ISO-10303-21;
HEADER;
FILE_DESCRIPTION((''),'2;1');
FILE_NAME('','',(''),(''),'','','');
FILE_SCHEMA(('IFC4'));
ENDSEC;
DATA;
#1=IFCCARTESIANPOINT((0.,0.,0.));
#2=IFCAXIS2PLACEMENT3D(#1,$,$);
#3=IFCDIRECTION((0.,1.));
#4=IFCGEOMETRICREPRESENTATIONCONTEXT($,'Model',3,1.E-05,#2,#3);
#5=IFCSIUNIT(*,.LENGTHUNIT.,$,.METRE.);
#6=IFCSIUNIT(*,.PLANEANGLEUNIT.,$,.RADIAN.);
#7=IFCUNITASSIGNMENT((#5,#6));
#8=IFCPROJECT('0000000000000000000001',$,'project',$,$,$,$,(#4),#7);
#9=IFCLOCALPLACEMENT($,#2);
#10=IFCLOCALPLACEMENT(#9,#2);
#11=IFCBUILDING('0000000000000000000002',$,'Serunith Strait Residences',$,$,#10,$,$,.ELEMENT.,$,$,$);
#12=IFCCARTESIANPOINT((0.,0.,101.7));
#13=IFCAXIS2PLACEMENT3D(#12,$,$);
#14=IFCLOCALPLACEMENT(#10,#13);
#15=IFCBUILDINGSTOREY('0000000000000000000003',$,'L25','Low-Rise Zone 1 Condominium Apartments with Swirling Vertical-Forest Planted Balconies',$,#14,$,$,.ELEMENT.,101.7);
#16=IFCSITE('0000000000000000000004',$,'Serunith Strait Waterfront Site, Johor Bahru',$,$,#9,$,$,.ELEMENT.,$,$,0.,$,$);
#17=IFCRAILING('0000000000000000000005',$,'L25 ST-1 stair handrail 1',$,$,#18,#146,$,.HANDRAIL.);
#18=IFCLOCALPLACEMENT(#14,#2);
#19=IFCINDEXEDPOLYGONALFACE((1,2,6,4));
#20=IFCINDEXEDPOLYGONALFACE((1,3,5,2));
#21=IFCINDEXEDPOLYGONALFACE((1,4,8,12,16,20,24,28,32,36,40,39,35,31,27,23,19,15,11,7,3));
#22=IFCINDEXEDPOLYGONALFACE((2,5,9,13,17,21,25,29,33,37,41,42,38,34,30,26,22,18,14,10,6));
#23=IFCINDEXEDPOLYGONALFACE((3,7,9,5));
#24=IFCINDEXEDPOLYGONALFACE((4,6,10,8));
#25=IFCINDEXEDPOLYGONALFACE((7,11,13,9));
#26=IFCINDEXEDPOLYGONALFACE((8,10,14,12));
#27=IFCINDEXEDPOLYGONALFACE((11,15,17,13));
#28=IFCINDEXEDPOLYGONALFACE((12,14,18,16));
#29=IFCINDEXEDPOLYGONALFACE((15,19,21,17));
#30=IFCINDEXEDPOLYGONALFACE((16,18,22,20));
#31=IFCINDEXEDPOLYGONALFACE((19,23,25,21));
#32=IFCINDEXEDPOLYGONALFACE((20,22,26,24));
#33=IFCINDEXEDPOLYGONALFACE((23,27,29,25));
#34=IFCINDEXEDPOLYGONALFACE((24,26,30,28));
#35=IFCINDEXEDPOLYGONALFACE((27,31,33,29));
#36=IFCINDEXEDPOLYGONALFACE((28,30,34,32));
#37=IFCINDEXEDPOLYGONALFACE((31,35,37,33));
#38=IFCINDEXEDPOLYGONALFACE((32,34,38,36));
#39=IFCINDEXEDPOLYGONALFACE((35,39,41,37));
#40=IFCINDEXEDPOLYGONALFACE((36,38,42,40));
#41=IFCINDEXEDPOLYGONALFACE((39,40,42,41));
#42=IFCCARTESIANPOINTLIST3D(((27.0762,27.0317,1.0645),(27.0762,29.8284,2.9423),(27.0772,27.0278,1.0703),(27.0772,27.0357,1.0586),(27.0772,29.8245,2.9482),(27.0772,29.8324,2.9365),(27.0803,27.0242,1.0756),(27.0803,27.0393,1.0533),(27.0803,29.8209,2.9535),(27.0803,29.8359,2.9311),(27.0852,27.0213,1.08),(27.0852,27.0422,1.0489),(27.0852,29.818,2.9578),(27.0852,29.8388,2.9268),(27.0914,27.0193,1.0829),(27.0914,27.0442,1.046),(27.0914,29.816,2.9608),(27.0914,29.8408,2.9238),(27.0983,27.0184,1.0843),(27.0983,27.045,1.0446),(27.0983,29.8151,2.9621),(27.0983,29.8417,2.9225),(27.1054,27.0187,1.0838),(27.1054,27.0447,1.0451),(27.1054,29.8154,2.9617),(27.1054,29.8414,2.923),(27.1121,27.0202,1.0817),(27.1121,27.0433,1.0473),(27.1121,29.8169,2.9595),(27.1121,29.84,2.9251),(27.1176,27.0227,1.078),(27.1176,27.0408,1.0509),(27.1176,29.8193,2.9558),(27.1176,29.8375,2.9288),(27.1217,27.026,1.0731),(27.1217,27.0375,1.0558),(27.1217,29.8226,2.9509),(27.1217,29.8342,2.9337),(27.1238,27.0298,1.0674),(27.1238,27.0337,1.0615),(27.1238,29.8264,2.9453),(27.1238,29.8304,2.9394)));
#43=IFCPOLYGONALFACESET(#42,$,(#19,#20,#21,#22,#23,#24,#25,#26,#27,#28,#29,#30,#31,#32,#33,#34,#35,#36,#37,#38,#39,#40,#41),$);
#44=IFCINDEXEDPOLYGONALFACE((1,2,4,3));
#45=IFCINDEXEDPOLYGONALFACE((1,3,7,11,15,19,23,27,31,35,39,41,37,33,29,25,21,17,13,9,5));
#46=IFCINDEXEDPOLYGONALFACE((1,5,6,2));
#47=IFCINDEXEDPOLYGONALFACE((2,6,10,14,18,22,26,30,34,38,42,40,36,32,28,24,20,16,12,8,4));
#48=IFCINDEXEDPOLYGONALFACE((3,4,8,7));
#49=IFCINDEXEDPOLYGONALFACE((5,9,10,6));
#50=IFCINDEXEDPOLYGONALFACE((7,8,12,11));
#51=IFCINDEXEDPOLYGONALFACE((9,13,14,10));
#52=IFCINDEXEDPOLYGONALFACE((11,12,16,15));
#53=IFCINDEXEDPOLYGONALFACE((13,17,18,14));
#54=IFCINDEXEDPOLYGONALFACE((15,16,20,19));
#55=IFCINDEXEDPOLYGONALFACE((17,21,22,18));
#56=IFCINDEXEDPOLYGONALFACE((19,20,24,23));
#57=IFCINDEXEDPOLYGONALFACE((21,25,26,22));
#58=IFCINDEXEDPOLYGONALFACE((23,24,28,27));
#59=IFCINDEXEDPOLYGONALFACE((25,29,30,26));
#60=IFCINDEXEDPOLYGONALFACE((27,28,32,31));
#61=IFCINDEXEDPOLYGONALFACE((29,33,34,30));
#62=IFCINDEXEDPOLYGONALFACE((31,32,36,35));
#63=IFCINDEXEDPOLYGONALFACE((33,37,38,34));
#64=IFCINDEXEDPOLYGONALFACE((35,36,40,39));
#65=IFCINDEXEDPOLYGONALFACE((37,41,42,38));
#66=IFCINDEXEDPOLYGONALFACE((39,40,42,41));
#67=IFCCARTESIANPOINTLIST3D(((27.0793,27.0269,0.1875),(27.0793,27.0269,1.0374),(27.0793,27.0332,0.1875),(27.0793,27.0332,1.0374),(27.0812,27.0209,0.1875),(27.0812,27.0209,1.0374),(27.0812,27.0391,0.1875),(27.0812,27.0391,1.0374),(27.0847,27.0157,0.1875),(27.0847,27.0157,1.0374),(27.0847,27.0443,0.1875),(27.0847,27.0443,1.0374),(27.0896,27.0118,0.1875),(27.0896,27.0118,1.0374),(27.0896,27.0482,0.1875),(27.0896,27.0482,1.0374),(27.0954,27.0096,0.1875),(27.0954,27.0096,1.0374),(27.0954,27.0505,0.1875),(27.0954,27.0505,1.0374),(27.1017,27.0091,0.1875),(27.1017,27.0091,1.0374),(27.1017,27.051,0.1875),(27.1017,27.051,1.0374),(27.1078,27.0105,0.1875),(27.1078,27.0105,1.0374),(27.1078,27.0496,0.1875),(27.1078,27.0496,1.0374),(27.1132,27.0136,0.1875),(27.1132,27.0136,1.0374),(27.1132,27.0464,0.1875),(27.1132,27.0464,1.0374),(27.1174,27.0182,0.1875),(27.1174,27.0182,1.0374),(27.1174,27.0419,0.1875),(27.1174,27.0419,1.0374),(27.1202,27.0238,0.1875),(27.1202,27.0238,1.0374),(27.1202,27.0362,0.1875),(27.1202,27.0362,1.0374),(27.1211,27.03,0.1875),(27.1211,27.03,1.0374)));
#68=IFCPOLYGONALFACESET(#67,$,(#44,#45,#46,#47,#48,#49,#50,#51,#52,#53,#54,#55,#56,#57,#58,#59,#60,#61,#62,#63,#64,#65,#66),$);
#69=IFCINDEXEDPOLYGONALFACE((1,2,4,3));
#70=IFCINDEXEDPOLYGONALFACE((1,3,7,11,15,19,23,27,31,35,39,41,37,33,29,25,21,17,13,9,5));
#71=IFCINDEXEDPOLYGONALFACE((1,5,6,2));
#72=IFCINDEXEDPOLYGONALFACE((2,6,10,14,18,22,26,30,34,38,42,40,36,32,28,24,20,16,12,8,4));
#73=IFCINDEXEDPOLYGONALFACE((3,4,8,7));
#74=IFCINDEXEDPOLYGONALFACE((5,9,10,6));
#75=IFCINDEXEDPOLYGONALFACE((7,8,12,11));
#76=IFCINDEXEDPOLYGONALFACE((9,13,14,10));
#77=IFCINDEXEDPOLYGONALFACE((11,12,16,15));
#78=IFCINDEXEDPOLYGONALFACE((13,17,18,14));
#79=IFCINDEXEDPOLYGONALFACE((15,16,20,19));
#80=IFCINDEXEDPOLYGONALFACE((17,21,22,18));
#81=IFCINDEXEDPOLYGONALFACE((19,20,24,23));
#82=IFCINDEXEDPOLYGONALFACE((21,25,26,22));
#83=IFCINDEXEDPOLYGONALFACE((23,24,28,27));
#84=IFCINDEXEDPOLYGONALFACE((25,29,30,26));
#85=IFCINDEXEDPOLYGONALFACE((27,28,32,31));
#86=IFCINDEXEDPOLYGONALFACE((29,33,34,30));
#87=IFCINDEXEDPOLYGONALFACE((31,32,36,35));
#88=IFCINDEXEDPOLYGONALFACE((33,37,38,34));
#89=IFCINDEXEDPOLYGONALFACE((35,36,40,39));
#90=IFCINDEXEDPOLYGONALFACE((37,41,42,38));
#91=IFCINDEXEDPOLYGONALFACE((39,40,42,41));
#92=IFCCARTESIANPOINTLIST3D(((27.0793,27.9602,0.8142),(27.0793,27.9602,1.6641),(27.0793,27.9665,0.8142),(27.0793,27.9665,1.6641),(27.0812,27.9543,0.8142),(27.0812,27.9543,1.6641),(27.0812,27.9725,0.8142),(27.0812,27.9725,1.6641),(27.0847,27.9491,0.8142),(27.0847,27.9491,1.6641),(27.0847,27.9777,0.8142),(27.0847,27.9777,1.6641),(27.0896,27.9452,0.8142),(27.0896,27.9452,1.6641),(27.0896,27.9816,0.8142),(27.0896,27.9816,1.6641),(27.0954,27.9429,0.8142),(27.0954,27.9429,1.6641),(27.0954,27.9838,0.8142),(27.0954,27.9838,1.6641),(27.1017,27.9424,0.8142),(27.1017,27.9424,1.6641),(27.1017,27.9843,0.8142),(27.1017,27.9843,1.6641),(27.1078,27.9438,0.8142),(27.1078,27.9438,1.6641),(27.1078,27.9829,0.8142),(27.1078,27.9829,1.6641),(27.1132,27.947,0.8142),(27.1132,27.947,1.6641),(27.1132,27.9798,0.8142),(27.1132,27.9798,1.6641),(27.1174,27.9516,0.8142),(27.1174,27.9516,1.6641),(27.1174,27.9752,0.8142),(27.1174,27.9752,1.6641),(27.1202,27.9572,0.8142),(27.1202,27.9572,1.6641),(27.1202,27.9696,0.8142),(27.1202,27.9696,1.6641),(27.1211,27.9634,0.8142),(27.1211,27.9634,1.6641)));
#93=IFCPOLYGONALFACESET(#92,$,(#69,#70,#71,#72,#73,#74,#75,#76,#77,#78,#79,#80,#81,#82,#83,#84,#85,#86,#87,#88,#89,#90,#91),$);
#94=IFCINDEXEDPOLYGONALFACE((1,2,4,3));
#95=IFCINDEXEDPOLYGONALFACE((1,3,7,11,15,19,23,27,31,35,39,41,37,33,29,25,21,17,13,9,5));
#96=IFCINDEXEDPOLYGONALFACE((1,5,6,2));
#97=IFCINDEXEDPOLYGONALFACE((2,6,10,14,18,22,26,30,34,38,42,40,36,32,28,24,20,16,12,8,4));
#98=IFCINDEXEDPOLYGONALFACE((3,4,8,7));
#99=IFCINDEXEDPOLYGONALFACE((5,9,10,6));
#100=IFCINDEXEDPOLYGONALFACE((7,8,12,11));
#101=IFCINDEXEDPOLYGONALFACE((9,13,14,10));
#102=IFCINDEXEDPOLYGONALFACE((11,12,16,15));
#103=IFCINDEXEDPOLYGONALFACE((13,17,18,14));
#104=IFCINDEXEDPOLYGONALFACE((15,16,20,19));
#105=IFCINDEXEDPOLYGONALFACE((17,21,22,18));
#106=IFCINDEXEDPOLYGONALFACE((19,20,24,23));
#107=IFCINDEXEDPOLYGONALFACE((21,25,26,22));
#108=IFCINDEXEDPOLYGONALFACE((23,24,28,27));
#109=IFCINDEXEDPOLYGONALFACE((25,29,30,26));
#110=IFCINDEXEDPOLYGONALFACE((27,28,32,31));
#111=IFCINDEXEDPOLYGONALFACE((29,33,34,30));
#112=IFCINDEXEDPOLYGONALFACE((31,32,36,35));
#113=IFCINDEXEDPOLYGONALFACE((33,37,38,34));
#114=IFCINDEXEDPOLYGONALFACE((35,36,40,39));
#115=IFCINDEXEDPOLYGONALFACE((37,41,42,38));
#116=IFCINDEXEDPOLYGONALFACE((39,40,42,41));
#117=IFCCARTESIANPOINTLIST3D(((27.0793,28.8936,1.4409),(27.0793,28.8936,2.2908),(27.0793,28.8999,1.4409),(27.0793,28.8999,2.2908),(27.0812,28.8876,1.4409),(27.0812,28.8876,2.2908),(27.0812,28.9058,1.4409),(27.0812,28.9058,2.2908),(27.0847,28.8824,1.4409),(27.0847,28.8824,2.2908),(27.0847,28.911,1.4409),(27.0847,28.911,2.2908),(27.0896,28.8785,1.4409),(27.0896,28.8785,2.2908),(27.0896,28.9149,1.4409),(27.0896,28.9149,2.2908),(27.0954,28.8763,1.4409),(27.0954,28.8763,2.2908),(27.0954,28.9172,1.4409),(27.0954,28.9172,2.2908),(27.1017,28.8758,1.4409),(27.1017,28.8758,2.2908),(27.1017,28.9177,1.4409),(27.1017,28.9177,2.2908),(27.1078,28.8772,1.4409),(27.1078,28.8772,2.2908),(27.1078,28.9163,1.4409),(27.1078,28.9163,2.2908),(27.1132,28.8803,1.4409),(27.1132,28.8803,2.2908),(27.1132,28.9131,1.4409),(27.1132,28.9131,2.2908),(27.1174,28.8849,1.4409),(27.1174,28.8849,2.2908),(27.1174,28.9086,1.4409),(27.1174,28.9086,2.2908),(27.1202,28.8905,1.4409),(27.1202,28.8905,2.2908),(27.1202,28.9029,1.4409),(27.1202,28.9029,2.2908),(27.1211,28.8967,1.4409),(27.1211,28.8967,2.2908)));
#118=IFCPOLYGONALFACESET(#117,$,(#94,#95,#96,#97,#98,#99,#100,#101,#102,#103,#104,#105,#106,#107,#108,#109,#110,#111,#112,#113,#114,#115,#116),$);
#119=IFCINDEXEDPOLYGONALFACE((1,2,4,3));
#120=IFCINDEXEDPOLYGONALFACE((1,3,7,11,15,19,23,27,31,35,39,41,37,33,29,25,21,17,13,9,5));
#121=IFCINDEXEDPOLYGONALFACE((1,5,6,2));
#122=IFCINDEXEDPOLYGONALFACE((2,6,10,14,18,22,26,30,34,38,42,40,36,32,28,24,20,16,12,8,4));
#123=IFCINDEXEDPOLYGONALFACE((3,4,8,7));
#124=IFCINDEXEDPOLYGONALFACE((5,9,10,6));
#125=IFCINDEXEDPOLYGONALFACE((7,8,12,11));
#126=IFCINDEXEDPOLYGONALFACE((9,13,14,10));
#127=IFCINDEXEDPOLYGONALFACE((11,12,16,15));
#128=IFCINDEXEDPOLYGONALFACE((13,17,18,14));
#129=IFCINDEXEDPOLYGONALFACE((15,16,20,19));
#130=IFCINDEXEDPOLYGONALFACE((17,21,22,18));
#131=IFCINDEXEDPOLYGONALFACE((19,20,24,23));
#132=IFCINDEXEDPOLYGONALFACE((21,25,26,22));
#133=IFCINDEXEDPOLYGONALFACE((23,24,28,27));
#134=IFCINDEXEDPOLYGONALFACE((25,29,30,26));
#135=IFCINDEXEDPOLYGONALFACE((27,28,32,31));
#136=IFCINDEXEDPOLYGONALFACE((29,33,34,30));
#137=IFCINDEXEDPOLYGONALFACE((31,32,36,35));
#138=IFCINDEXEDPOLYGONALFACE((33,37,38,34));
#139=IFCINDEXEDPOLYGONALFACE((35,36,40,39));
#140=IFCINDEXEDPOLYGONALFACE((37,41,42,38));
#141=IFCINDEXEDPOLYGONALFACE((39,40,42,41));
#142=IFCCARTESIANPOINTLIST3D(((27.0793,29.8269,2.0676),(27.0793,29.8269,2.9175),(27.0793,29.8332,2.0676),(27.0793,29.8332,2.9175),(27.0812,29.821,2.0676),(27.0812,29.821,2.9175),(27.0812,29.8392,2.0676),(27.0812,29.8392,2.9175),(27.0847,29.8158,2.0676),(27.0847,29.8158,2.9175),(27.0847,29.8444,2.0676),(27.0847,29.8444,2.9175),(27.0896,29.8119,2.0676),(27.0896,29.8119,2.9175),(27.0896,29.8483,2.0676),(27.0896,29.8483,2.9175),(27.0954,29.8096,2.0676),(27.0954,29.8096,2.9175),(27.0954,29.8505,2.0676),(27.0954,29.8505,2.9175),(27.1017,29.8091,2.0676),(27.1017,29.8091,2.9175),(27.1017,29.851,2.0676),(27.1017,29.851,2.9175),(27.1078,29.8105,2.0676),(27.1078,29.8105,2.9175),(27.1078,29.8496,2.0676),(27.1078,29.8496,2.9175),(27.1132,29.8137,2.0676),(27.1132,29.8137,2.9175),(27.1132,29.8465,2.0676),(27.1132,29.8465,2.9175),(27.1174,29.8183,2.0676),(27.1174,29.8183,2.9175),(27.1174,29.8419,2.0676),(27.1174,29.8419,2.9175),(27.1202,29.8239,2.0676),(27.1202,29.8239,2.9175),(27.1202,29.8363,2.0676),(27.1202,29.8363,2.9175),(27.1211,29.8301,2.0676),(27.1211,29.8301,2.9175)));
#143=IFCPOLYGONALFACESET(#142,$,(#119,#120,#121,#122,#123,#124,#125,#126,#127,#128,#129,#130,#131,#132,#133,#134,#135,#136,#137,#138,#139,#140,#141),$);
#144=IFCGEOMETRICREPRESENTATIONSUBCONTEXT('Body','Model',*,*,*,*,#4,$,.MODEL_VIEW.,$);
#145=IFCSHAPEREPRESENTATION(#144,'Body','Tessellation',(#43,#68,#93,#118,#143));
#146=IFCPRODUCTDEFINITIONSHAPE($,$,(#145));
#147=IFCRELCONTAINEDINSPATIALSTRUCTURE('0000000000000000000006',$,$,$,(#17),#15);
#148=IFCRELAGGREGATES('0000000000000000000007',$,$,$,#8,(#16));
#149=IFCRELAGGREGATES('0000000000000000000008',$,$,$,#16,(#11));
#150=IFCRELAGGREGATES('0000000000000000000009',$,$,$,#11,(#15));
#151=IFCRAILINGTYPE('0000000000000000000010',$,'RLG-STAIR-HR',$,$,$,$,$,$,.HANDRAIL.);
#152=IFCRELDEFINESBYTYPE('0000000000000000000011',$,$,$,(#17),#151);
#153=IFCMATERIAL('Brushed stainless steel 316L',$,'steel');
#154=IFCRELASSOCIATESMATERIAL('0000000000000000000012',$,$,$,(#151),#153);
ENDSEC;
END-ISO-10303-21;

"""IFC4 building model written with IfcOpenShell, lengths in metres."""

from ifc_helpers import new_model, si_unit, direction, frame, origin, origin_2d, place, context, subcontext, project, spatial, circle, extrude, material, type_object, element, save


model = new_model("IFC4")

# Units and contexts
model_context = context("Model", 3, precision=1e-05, world=origin(), true_north=direction((0.0, 1.0)))
body_context = subcontext(model_context, "Body", "Model", "MODEL_VIEW")
ifc_project = project(units=[si_unit("LENGTHUNIT", "METRE"), si_unit("PLANEANGLEUNIT", "RADIAN")], contexts=[model_context])

# Site, building, storey
site_placement = place(None, origin())
site = spatial("IfcSite", under=ifc_project, at=site_placement, Name="Serunith Strait Waterfront Site, Johor Bahru", CompositionType="ELEMENT", RefElevation=0.0)
building_placement = place(site_placement, origin())
building = spatial("IfcBuilding", under=site, at=building_placement, Name="Serunith Strait Residences", CompositionType="ELEMENT")
storey_placement = place(building_placement, frame((0.0, 0.0, 101.7)))
storey = spatial("IfcBuildingStorey", under=building, at=storey_placement, Name="L25", Description="Low-Rise Zone 1 Condominium Apartments with Swirling Vertical-Forest Planted Balconies", CompositionType="ELEMENT", Elevation=101.7)

# Railing
ifc_material_1 = material(Name="Brushed stainless steel 316L", Category="steel")
railing_type_1 = type_object("IfcRailingType", Name="RLG-STAIR-HR", PredefinedType="HANDRAIL", material=ifc_material_1)
railing_1_placement = place(storey_placement, frame((27.1001, 27.03, 0.1875)))
element("IfcRailing", 1, at=railing_1_placement, inside=storey, type_object=railing_type_1, Name="L25 ST-1 stair handrail 1", PredefinedType="HANDRAIL", context=body_context, shape_type="SweptSolid", body=[
    extrude(circle(Radius=0.0239, at=origin_2d()), frame((0.0, 0.0017, 0.877), z_axis=(0.0, 0.830208, 0.557453), x_axis=(-1.0, 0.0, 0.0)), (0.0, 0.0, 1.0), 3.3687),
    extrude(circle(Radius=0.021, at=origin_2d()), origin(), (0.0, 0.0, 1.0), 0.8499),
    extrude(circle(Radius=0.021, at=origin_2d()), frame((0.0, 0.9333, 0.6267)), (0.0, 0.0, 1.0), 0.8499),
    extrude(circle(Radius=0.021, at=origin_2d()), frame((0.0, 1.8667, 1.2534)), (0.0, 0.0, 1.0), 0.8499),
    extrude(circle(Radius=0.021, at=origin_2d()), frame((0.0, 2.8, 1.8801)), (0.0, 0.0, 1.0), 0.8499),
])

save(model, "model.ifc")
